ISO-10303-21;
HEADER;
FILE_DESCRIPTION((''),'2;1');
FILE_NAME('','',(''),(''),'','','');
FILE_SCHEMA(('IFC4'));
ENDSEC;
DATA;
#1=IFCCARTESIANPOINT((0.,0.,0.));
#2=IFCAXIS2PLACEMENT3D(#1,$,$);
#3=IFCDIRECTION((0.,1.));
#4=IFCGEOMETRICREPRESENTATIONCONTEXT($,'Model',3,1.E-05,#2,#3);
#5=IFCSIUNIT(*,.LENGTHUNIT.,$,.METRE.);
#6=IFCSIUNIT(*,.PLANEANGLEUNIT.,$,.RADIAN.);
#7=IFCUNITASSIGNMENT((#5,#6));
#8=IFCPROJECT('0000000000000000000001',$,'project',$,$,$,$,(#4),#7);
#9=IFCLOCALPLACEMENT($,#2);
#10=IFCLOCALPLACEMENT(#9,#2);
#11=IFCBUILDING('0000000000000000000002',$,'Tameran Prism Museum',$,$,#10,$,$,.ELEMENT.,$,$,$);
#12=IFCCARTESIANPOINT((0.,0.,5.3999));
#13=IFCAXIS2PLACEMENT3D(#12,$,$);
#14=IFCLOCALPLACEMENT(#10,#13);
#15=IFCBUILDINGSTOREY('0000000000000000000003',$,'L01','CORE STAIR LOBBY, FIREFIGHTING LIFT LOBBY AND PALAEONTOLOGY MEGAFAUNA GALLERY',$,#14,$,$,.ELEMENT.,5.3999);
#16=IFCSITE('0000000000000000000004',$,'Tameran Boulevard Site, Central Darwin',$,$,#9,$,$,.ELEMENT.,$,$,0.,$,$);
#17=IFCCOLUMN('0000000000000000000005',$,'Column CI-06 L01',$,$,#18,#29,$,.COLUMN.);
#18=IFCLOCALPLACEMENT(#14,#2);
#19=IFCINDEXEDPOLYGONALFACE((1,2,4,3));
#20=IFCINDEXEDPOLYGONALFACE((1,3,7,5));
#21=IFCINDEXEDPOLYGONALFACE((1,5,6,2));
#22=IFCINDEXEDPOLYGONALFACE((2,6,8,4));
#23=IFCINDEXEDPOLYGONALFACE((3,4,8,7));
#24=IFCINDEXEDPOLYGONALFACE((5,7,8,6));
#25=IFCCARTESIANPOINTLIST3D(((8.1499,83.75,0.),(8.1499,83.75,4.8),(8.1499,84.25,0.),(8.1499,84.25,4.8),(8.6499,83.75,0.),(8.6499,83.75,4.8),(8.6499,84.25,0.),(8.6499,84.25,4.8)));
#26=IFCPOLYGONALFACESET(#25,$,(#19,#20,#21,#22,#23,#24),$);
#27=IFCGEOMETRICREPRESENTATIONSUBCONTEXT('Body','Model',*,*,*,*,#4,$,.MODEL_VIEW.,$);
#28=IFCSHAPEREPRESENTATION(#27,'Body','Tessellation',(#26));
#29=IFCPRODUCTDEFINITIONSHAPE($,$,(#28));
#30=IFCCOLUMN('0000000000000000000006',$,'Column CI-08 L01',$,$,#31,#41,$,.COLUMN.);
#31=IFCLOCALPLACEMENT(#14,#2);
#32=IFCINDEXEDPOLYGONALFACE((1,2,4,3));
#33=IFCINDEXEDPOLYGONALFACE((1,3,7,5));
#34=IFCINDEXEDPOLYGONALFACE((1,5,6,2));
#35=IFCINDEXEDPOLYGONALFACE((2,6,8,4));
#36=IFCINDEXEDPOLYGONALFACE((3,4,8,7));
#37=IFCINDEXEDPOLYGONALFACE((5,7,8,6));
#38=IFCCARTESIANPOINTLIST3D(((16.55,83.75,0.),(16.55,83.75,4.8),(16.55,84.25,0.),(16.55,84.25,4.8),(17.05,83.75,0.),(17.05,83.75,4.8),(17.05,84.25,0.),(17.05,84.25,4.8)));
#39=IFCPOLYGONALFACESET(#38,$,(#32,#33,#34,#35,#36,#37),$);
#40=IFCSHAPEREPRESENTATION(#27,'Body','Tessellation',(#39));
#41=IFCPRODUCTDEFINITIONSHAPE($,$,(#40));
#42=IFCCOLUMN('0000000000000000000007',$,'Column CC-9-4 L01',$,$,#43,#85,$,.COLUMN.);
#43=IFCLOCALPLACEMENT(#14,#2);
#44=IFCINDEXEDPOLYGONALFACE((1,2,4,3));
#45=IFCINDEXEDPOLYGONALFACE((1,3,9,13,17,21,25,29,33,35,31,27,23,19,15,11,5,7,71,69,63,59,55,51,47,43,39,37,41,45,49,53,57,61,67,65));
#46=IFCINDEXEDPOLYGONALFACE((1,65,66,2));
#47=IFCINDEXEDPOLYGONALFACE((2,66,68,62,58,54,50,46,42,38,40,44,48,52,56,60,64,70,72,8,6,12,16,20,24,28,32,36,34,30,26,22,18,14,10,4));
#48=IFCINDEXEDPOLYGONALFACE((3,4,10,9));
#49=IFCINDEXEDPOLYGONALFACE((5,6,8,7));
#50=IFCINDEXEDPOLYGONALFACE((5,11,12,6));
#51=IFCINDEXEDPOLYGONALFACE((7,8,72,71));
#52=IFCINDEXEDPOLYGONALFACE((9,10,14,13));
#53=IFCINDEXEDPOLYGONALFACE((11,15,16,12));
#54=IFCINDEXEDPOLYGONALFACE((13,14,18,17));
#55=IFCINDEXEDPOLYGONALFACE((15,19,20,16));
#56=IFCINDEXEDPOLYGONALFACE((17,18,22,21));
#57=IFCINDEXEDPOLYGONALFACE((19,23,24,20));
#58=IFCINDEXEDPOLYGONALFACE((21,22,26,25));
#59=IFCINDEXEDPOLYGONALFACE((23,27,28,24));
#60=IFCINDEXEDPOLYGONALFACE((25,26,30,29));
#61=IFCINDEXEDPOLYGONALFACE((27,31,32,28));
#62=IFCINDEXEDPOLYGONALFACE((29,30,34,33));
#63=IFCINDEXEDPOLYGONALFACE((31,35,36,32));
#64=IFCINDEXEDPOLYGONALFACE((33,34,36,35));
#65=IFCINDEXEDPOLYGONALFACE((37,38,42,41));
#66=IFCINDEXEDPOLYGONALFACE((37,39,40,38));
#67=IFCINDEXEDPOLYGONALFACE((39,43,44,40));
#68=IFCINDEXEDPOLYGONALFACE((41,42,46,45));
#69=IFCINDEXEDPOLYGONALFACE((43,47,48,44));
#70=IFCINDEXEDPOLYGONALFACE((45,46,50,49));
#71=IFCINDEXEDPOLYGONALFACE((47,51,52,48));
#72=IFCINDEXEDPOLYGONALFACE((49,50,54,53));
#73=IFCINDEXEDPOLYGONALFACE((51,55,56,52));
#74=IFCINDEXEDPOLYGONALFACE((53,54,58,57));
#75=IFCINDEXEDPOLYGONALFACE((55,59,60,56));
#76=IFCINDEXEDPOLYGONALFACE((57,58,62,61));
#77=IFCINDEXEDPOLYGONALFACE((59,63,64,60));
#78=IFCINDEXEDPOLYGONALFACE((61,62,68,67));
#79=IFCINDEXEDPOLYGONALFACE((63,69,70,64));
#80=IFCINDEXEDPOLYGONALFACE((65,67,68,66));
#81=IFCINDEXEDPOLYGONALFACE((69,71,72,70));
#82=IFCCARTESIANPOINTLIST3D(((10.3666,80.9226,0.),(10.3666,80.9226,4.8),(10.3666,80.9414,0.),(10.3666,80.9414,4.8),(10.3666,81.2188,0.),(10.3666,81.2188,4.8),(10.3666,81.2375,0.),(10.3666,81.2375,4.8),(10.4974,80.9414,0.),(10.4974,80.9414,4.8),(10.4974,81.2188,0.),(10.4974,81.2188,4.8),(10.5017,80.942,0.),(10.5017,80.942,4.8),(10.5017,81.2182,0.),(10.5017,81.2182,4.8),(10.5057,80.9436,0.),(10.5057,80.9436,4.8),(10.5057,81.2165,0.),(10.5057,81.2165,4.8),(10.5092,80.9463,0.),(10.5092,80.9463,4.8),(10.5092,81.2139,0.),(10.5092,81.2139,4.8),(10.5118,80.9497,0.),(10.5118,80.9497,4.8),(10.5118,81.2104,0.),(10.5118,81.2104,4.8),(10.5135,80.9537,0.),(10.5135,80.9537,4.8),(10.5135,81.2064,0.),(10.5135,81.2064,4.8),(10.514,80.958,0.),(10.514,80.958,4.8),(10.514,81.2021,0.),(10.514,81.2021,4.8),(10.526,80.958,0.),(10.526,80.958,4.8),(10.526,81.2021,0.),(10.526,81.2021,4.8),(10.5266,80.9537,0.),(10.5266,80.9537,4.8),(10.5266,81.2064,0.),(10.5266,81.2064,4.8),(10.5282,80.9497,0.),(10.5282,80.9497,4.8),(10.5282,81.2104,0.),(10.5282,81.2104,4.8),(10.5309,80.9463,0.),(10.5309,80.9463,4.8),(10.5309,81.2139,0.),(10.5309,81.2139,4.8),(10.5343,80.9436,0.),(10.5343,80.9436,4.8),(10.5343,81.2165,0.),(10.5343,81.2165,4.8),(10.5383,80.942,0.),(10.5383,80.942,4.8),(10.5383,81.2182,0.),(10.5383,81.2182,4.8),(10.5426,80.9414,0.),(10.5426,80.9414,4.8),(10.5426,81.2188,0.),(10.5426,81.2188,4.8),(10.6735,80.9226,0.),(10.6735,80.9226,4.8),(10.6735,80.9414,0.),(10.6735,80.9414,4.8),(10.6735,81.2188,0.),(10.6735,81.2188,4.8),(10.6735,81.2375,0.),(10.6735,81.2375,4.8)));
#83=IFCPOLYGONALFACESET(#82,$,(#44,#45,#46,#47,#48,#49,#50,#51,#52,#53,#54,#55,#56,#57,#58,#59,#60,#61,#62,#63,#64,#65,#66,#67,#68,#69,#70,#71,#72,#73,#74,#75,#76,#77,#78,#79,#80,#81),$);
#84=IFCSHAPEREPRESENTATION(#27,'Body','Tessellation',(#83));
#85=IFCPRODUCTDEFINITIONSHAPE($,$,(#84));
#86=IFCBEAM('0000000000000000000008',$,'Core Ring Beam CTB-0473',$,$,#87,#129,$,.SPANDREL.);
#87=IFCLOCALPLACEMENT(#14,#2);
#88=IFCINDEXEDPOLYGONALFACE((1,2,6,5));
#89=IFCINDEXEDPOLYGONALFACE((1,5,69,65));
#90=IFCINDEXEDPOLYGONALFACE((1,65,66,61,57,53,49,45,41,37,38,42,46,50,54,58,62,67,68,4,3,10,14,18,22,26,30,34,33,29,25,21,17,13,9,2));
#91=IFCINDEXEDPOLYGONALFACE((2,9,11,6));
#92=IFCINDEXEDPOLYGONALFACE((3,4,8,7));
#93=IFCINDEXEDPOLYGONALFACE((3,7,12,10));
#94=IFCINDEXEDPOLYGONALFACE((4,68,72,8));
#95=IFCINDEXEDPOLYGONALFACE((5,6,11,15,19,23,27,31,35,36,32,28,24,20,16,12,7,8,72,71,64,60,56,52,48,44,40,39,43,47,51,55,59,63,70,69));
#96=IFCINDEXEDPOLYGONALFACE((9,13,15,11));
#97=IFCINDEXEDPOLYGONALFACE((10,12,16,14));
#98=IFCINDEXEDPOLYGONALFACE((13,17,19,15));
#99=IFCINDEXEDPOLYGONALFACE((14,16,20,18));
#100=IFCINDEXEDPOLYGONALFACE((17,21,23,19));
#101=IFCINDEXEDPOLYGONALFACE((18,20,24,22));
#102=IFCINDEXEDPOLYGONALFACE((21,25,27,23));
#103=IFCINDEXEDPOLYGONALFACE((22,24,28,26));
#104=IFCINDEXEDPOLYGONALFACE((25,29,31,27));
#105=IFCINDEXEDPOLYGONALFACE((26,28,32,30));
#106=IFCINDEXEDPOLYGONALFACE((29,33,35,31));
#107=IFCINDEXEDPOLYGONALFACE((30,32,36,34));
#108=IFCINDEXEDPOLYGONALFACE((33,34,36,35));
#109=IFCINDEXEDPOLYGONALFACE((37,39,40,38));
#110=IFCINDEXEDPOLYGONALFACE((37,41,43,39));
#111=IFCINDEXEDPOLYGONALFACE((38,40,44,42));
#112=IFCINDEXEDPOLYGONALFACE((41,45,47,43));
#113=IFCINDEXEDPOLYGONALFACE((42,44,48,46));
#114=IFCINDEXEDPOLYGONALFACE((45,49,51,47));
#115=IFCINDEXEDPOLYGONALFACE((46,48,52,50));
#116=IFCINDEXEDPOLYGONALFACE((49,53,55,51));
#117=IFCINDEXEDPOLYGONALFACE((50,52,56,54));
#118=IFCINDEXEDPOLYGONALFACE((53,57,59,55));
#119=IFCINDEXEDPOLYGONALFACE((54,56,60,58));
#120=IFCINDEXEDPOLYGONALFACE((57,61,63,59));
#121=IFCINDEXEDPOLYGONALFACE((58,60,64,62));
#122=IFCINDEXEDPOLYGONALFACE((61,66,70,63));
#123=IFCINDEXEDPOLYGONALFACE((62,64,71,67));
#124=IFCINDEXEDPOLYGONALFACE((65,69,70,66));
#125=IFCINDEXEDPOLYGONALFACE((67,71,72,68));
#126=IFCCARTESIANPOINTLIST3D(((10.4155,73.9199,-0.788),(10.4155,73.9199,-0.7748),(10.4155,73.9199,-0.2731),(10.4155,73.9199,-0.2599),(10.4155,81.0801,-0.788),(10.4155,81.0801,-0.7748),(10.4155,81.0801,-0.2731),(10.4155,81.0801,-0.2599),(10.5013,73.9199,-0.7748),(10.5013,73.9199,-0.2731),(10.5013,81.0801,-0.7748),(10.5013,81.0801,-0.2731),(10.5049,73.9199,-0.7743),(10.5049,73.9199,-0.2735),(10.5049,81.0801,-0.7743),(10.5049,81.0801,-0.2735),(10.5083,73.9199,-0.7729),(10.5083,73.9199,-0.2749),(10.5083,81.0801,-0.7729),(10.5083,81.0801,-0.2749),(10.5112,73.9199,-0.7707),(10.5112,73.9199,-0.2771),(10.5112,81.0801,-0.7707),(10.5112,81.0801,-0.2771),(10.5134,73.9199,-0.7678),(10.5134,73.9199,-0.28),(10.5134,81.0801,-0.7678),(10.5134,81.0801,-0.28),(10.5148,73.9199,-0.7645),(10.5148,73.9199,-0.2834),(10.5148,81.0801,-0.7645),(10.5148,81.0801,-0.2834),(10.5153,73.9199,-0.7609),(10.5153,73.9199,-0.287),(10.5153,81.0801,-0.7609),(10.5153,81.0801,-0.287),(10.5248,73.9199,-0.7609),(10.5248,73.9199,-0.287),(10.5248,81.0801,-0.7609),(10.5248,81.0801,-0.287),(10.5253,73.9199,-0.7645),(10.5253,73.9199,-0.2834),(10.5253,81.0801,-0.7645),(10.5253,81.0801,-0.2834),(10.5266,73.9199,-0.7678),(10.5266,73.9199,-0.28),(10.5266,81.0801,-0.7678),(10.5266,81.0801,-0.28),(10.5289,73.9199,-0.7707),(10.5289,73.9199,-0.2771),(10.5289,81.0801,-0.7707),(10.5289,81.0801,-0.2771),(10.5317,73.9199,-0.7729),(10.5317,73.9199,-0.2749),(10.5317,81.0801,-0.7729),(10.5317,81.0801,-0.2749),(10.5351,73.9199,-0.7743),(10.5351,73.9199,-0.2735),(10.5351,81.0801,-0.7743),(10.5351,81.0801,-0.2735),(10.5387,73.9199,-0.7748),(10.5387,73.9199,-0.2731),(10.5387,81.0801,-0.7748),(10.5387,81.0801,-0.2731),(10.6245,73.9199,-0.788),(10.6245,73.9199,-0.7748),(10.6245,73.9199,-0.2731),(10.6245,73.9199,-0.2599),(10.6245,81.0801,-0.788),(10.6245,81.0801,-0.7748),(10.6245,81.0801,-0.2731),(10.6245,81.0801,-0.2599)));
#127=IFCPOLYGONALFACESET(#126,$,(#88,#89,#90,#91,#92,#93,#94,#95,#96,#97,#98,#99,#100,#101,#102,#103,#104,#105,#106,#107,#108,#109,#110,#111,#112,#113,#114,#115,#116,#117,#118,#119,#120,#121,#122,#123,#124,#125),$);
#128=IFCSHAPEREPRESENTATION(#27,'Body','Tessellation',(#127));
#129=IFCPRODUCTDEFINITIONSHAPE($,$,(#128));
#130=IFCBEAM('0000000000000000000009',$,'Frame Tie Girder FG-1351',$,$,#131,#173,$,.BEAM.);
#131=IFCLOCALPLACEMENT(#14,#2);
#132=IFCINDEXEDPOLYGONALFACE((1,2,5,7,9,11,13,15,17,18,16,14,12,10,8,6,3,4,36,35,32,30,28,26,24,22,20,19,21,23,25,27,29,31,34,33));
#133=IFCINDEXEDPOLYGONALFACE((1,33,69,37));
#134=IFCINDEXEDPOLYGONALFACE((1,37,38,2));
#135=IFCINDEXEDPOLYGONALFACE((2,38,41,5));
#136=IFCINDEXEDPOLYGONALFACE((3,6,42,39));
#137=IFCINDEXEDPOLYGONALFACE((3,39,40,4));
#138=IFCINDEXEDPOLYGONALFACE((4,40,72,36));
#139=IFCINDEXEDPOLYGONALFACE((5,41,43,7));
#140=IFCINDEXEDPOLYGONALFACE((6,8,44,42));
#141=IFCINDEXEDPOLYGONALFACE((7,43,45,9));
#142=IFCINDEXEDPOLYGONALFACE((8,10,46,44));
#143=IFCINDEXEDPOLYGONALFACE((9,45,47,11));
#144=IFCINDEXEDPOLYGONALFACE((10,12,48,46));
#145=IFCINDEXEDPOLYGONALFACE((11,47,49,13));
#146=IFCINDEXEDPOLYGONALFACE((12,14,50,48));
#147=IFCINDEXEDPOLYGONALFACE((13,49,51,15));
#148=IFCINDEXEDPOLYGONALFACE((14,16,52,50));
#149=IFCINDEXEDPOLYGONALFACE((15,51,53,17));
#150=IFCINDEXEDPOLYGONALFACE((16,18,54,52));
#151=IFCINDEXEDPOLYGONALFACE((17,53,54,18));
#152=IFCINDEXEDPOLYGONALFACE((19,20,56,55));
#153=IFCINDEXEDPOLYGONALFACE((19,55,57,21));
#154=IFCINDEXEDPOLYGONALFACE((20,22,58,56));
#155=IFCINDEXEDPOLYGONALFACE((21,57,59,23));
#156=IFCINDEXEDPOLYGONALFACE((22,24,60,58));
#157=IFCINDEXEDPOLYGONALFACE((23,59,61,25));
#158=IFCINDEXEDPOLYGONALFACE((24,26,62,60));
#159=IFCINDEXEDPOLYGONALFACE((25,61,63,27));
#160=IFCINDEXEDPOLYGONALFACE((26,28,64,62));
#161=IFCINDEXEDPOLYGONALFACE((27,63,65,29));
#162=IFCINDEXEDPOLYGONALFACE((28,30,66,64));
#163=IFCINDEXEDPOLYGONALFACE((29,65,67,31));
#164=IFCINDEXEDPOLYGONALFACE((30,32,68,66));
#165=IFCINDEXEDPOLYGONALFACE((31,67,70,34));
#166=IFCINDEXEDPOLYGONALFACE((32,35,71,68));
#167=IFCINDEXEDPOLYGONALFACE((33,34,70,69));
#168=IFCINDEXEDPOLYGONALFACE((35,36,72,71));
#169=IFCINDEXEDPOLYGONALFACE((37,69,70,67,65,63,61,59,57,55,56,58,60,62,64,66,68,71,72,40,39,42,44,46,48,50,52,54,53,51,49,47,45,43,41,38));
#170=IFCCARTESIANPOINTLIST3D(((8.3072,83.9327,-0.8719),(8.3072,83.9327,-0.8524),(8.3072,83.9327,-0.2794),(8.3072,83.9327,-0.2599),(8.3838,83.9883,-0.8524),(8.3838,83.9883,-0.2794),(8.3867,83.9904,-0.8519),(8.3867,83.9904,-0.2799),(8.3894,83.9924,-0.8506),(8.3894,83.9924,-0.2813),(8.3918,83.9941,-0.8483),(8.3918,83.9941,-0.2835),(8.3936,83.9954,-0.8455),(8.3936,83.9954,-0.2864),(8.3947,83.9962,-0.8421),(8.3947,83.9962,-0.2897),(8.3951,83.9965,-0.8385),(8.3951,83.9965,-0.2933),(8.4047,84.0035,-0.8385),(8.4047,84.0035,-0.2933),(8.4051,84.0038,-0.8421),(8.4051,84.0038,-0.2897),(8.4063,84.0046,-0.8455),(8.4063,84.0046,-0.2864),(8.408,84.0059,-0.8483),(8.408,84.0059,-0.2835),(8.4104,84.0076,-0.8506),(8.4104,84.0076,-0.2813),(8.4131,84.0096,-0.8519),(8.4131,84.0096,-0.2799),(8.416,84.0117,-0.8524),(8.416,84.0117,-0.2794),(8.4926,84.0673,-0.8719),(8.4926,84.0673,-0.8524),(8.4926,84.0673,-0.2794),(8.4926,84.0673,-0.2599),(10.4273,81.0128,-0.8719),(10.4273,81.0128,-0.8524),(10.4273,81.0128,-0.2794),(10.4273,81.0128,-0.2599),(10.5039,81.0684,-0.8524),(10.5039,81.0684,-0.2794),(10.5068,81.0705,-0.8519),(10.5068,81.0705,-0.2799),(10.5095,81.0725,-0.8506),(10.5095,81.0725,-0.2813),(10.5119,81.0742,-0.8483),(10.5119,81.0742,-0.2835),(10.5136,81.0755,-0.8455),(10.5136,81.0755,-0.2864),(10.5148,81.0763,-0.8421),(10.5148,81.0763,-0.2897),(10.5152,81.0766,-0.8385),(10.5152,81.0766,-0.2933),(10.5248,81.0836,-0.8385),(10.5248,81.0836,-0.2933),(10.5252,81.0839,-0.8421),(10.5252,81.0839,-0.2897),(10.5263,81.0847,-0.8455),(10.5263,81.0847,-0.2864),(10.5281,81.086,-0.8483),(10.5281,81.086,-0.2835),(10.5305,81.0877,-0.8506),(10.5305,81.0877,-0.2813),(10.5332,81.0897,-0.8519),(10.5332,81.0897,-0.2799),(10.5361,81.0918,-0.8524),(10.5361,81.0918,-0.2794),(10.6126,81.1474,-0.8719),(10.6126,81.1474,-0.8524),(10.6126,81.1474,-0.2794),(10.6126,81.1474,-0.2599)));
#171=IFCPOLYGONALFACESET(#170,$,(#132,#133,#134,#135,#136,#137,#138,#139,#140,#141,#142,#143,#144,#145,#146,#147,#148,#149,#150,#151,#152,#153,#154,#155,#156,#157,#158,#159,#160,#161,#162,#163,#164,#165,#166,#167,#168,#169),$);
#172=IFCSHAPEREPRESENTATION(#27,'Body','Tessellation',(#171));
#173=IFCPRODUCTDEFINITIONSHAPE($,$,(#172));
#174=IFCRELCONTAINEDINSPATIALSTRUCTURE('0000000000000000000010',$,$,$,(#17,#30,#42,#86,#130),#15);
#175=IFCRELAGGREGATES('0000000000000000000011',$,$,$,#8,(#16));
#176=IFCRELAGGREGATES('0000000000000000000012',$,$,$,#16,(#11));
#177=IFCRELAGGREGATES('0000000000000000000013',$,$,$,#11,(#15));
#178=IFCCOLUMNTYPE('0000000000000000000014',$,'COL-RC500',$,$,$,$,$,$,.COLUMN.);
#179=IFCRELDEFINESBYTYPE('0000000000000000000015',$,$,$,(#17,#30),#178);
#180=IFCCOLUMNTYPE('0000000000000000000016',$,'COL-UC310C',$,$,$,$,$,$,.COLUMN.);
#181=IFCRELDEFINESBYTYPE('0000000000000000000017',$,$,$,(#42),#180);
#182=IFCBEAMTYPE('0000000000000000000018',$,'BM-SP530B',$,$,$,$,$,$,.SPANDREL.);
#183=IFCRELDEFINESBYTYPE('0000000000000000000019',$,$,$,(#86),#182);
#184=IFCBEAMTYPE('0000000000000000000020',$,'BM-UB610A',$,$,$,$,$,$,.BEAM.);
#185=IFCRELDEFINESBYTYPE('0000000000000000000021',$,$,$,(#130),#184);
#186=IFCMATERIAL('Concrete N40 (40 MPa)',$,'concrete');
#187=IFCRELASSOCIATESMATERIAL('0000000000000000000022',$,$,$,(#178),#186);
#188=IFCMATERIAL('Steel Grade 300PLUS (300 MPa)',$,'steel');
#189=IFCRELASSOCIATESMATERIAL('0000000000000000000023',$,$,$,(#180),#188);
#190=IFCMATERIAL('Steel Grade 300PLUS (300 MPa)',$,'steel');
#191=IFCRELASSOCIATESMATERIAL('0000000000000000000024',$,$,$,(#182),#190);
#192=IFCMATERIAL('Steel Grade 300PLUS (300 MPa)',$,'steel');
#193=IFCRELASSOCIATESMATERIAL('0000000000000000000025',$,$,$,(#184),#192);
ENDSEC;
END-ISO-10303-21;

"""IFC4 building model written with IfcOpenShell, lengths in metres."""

from ifc_helpers import new_model, si_unit, direction, frame, origin, origin_2d, place, context, subcontext, project, spatial, rectangle, i_section, extrude, material, material_profile, profile_set, type_object, element, save


model = new_model("IFC4")

# Units and contexts
model_context = context("Model", 3, precision=1e-05, world=origin(), true_north=direction((0.0, 1.0)))
body_context = subcontext(model_context, "Body", "Model", "MODEL_VIEW")
ifc_project = project(units=[si_unit("LENGTHUNIT", "METRE"), si_unit("PLANEANGLEUNIT", "RADIAN")], contexts=[model_context])

# Site, building, storey
site_placement = place(None, origin())
site = spatial("IfcSite", under=ifc_project, at=site_placement, Name="Tameran Boulevard Site, Central Darwin", CompositionType="ELEMENT", RefElevation=0.0)
building_placement = place(site_placement, origin())
building = spatial("IfcBuilding", under=site, at=building_placement, Name="Tameran Prism Museum", CompositionType="ELEMENT")
storey_placement = place(building_placement, frame((0.0, 0.0, 5.3999)))
storey = spatial("IfcBuildingStorey", under=building, at=storey_placement, Name="L01", Description="CORE STAIR LOBBY, FIREFIGHTING LIFT LOBBY AND PALAEONTOLOGY MEGAFAUNA GALLERY", CompositionType="ELEMENT", Elevation=5.3999)

# Columns
ifc_material_1 = material(Name="Concrete N40 (40 MPa)", Category="concrete")
ifc_material_profile_1 = material_profile(ifc_material_1, rectangle(XDim=0.5, YDim=0.5, at=origin_2d()))
ifc_profile_set_1 = profile_set([ifc_material_profile_1])
column_type_1 = type_object("IfcColumnType", Name="COL-RC500", PredefinedType="COLUMN", material=ifc_profile_set_1)
for number, where, z_axis, x_axis, name in (
    (1, (8.3999, 84.0, 0.0), (0.0, 0.0, 1.0), (1.0, 0.0, 0.0), "Column CI-06 L01"),
    (2, (16.8, 84.0, 0.0), (0.0, 0.0, 1.0), (1.0, 0.0, 0.0), "Column CI-08 L01"),
):
    element("IfcColumn", number, at=place(storey_placement, frame(where, z_axis=z_axis, x_axis=x_axis)), inside=storey, type_object=column_type_1, Name=name, PredefinedType="COLUMN", context=body_context, shape_type="SweptSolid", body=[
        extrude(rectangle(XDim=0.5, YDim=0.5, at=origin_2d()), origin(), (0.0, 0.0, 1.0), 4.8),
    ])
ifc_material_2 = material(Name="Steel Grade 300PLUS (300 MPa)", Category="steel")
ifc_material_profile_2 = material_profile(ifc_material_2, i_section(OverallWidth=0.3069, OverallDepth=0.3149, WebThickness=0.012, FlangeThickness=0.0188, FilletRadius=0.0166, at=origin_2d()))
ifc_profile_set_2 = profile_set([ifc_material_profile_2])
column_type_2 = type_object("IfcColumnType", Name="COL-UC310C", PredefinedType="COLUMN", material=ifc_profile_set_2)
column_placement = place(storey_placement, frame((10.52, 81.0801, 0.0), z_axis=(0.0, 0.0, 1.0), x_axis=(1.0, 0.0, 0.0)))
element("IfcColumn", 3, at=column_placement, inside=storey, type_object=column_type_2, Name="Column CC-9-4 L01", PredefinedType="COLUMN", context=body_context, shape_type="SweptSolid", body=[
    extrude(i_section(OverallWidth=0.3069, OverallDepth=0.3149, WebThickness=0.012, FlangeThickness=0.0188, FilletRadius=0.0166, at=origin_2d()), origin(), (0.0, 0.0, 1.0), 4.8),
])

# Beams
ifc_material_3 = material(Name="Steel Grade 300PLUS (300 MPa)", Category="steel")
ifc_material_profile_3 = material_profile(ifc_material_3, i_section(OverallWidth=0.209, OverallDepth=0.5281, WebThickness=0.0095, FlangeThickness=0.0132, FilletRadius=0.0139, at=origin_2d()))
ifc_profile_set_3 = profile_set([ifc_material_profile_3])
beam_type_1 = type_object("IfcBeamType", Name="BM-SP530B", PredefinedType="SPANDREL", material=ifc_profile_set_3)
beam_1_placement = place(storey_placement, frame((10.52, 81.0801, -0.5239), z_axis=(0.0, -1.0, 0.0), x_axis=(1.0, 0.0, 0.0)))
element("IfcBeam", 4, at=beam_1_placement, inside=storey, type_object=beam_type_1, Name="Core Ring Beam CTB-0473", PredefinedType="SPANDREL", context=body_context, shape_type="SweptSolid", body=[
    extrude(i_section(OverallWidth=0.209, OverallDepth=0.5281, WebThickness=0.0095, FlangeThickness=0.0132, FilletRadius=0.0139, at=origin_2d()), origin(), (0.0, 0.0, 1.0), 7.1602),
])
ifc_material_4 = material(Name="Steel Grade 300PLUS (300 MPa)", Category="steel")
ifc_material_profile_4 = material_profile(ifc_material_4, i_section(OverallWidth=0.229, OverallDepth=0.6121, WebThickness=0.012, FlangeThickness=0.0195, FilletRadius=0.0139, at=origin_2d()))
ifc_profile_set_4 = profile_set([ifc_material_profile_4])
beam_type_2 = type_object("IfcBeamType", Name="BM-UB610A", PredefinedType="BEAM", material=ifc_profile_set_4)
beam_2_placement = place(storey_placement, frame((8.3999, 84.0, -0.5659), z_axis=(0.587544, -0.809192, 0.0), x_axis=(0.809192, 0.587544, 0.0)))
element("IfcBeam", 5, at=beam_2_placement, inside=storey, type_object=beam_type_2, Name="Frame Tie Girder FG-1351", PredefinedType="BEAM", context=body_context, shape_type="SweptSolid", body=[
    extrude(i_section(OverallWidth=0.229, OverallDepth=0.6121, WebThickness=0.012, FlangeThickness=0.0195, FilletRadius=0.0139, at=origin_2d()), origin(), (0.0, 0.0, 1.0), 3.6084),
])

save(model, "model.ifc")
